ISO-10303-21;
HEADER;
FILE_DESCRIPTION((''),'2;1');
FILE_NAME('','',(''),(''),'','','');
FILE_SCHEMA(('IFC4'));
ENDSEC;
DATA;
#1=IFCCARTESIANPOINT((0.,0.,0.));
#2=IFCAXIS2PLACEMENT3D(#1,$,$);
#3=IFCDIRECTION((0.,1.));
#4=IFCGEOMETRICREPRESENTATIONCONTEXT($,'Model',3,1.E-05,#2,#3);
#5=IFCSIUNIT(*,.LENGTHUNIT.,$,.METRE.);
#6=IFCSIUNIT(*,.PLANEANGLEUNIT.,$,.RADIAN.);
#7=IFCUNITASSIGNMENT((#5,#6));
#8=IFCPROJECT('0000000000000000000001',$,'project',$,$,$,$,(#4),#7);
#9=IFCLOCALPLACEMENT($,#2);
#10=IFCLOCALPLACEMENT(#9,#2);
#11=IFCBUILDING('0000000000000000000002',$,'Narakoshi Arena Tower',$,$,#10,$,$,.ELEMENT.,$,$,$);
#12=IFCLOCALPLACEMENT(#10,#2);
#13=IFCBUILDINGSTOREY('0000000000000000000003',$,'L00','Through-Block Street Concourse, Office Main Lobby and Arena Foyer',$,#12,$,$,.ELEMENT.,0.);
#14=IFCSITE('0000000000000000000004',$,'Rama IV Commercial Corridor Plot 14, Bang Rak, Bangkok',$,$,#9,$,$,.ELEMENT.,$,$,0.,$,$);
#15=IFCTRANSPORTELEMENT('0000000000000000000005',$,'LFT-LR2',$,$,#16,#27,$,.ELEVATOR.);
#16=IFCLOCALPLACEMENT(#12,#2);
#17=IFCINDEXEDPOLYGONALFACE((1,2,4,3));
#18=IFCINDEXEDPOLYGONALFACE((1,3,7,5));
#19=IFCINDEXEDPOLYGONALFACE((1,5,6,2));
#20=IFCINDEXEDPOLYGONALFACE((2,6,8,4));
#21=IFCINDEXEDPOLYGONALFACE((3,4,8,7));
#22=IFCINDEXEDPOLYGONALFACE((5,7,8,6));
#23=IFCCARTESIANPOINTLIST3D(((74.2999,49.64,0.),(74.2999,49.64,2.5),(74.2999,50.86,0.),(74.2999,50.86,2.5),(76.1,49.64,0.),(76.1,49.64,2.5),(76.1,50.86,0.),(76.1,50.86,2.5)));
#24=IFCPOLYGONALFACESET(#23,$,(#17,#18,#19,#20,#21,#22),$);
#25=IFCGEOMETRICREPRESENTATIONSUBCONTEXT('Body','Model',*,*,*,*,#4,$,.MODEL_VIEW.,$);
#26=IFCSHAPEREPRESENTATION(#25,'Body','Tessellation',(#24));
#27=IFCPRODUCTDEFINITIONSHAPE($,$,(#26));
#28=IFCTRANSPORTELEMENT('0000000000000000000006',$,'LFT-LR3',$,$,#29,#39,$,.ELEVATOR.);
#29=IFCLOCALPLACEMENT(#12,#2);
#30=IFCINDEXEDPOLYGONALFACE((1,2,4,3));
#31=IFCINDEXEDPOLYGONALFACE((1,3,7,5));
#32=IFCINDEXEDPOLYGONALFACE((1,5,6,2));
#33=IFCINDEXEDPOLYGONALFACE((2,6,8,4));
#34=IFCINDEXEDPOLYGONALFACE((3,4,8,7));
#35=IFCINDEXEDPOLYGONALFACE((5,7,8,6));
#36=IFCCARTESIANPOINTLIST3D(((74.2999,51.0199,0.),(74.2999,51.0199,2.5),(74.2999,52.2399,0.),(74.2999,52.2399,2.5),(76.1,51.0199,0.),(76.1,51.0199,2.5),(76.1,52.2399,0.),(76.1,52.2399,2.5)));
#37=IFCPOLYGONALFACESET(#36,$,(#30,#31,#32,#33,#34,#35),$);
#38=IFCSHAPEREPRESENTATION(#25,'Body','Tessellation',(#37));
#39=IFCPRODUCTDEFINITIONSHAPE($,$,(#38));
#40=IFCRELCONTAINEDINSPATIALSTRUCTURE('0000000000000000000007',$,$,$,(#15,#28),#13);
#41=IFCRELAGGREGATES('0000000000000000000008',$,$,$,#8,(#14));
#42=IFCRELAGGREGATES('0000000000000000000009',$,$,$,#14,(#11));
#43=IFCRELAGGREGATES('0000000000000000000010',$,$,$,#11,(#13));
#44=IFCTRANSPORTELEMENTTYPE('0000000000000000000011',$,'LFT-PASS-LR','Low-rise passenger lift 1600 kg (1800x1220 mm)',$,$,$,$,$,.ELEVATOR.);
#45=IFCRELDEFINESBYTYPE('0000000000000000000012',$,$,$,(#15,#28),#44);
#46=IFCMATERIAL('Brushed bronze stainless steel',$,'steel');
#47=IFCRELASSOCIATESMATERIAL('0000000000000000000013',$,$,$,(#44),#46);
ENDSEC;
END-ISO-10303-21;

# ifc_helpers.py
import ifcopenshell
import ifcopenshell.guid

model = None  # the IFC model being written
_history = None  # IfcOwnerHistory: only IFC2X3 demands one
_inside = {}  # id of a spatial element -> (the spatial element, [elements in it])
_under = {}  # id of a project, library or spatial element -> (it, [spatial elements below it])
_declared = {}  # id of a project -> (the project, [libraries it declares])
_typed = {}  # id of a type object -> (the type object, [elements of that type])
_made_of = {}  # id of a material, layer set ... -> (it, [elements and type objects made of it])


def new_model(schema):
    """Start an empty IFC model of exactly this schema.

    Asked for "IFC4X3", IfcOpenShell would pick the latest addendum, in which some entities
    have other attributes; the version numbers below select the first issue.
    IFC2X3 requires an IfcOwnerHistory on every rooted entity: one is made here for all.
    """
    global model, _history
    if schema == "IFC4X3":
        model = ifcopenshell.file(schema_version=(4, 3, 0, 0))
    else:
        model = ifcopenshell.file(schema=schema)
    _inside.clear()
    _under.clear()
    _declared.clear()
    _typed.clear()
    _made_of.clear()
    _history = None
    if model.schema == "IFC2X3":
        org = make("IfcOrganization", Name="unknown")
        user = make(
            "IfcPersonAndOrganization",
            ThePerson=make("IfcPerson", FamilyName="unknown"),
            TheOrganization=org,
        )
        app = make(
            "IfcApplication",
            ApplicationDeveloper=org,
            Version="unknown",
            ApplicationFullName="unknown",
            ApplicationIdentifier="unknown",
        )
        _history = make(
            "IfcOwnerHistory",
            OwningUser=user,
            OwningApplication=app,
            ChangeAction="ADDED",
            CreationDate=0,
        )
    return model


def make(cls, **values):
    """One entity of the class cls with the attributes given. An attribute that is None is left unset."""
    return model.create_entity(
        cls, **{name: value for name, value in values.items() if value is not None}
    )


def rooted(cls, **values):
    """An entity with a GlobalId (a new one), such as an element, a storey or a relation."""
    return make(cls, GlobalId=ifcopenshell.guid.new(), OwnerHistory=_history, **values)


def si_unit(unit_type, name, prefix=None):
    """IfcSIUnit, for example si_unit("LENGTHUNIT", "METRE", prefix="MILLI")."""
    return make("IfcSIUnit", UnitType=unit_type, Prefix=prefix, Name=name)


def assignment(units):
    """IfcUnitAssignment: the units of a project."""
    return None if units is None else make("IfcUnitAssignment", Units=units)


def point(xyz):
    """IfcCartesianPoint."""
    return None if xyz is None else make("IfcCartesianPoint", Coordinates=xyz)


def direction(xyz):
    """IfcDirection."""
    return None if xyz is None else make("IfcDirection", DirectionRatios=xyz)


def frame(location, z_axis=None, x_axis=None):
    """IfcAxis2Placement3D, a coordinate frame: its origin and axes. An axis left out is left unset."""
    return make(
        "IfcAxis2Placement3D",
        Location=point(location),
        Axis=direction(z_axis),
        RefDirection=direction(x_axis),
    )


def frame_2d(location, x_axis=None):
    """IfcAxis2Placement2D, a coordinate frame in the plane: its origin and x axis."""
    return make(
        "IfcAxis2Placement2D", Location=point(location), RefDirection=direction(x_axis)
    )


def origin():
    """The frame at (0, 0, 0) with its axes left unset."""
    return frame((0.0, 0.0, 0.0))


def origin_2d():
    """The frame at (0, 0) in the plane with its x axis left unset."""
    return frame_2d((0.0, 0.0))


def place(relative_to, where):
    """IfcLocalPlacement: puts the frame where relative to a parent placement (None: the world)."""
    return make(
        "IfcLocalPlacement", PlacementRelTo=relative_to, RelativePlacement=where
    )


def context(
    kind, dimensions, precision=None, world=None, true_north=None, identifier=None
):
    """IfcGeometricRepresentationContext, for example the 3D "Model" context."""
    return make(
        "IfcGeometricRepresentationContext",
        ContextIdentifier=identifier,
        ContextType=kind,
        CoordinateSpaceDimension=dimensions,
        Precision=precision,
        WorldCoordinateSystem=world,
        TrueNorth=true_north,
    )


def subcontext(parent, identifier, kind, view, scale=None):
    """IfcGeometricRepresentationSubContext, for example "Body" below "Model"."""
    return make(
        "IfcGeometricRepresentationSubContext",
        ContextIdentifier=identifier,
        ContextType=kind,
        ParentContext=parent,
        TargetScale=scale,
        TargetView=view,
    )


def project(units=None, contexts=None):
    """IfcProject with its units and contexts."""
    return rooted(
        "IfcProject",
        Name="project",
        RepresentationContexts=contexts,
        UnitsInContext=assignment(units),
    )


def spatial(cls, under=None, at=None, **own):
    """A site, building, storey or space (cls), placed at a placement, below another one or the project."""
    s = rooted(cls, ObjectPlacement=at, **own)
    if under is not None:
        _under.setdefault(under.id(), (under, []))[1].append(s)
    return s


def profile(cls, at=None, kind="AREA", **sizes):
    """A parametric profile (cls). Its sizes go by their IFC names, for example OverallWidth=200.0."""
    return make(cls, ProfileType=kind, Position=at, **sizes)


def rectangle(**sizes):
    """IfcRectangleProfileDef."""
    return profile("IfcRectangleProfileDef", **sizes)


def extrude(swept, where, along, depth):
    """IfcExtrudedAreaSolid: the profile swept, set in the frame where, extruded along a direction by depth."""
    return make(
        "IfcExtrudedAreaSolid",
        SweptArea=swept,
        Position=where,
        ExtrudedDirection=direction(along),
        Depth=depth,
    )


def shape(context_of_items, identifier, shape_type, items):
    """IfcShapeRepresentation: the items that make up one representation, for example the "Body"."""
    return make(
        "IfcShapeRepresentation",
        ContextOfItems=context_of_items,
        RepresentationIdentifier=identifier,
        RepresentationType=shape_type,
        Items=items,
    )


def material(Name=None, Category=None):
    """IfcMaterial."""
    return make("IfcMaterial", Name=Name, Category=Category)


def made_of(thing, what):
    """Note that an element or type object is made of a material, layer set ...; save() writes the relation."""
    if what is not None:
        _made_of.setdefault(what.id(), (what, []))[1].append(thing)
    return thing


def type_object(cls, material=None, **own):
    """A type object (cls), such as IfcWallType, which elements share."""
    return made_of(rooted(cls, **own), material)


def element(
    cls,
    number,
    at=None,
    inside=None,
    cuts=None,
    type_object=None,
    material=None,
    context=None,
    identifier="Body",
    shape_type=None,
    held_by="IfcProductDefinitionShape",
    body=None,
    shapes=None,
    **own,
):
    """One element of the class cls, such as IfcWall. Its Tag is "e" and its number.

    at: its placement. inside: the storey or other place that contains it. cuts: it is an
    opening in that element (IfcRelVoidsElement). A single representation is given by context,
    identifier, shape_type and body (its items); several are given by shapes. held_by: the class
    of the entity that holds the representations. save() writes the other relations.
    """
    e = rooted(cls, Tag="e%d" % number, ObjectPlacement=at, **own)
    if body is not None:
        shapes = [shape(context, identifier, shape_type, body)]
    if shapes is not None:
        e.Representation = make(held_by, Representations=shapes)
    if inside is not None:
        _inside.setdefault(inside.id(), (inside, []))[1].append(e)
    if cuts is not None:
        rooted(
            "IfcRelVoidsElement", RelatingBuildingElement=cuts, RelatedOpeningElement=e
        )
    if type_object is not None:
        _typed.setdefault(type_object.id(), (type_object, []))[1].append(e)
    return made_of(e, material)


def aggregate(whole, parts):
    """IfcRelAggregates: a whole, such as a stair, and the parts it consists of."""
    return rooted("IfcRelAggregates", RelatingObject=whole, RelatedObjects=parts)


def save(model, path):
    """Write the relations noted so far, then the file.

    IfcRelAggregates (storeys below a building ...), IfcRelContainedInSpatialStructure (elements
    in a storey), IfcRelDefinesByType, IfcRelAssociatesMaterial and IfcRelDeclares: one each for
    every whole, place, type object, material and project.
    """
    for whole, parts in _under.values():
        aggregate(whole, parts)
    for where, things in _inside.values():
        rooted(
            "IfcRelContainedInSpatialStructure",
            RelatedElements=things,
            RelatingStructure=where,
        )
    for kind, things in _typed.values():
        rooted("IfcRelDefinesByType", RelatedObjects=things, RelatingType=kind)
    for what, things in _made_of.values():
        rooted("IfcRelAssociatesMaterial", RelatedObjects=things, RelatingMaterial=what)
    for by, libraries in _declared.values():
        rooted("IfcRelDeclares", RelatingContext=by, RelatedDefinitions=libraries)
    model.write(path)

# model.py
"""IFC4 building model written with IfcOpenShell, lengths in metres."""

from ifc_helpers import new_model, si_unit, direction, frame, origin, origin_2d, place, context, subcontext, project, spatial, rectangle, extrude, material, type_object, element, save


model = new_model("IFC4")

# Units and contexts
model_context = context("Model", 3, precision=1e-05, world=origin(), true_north=direction((0.0, 1.0)))
body_context = subcontext(model_context, "Body", "Model", "MODEL_VIEW")
ifc_project = project(units=[si_unit("LENGTHUNIT", "METRE"), si_unit("PLANEANGLEUNIT", "RADIAN")], contexts=[model_context])

# Site, building, storey
site_placement = place(None, origin())
site = spatial("IfcSite", under=ifc_project, at=site_placement, Name="Rama IV Commercial Corridor Plot 14, Bang Rak, Bangkok", CompositionType="ELEMENT", RefElevation=0.0)
building_placement = place(site_placement, origin())
building = spatial("IfcBuilding", under=site, at=building_placement, Name="Narakoshi Arena Tower", CompositionType="ELEMENT")
storey_placement = place(building_placement, origin())
storey = spatial("IfcBuildingStorey", under=building, at=storey_placement, Name="L00", Description="Through-Block Street Concourse, Office Main Lobby and Arena Foyer", CompositionType="ELEMENT", Elevation=0.0)

# Shared definitions
ifc_material_1 = material(Name="Brushed bronze stainless steel", Category="steel")

# Transport elements
transport_element_type_1 = type_object("IfcTransportElementType", Name="LFT-PASS-LR", Description="Low-rise passenger lift 1600 kg (1800x1220 mm)", PredefinedType="ELEVATOR", material=ifc_material_1)
for number, where, z_axis, x_axis, name in (
    (1, (75.2, 50.25, 0.0), (0.0, 0.0, 1.0), (1.0, 0.0, 0.0), "LFT-LR2"),
    (2, (75.2, 51.6299, 0.0), (0.0, 0.0, 1.0), (1.0, 0.0, 0.0), "LFT-LR3"),
):
    element("IfcTransportElement", number, at=place(storey_placement, frame(where, z_axis=z_axis, x_axis=x_axis)), inside=storey, type_object=transport_element_type_1, Name=name, PredefinedType="ELEVATOR", context=body_context, shape_type="SweptSolid", body=[
        extrude(rectangle(XDim=1.8, YDim=1.22, at=origin_2d()), origin(), (0.0, 0.0, 1.0), 2.5),
    ])

save(model, "model.ifc")
